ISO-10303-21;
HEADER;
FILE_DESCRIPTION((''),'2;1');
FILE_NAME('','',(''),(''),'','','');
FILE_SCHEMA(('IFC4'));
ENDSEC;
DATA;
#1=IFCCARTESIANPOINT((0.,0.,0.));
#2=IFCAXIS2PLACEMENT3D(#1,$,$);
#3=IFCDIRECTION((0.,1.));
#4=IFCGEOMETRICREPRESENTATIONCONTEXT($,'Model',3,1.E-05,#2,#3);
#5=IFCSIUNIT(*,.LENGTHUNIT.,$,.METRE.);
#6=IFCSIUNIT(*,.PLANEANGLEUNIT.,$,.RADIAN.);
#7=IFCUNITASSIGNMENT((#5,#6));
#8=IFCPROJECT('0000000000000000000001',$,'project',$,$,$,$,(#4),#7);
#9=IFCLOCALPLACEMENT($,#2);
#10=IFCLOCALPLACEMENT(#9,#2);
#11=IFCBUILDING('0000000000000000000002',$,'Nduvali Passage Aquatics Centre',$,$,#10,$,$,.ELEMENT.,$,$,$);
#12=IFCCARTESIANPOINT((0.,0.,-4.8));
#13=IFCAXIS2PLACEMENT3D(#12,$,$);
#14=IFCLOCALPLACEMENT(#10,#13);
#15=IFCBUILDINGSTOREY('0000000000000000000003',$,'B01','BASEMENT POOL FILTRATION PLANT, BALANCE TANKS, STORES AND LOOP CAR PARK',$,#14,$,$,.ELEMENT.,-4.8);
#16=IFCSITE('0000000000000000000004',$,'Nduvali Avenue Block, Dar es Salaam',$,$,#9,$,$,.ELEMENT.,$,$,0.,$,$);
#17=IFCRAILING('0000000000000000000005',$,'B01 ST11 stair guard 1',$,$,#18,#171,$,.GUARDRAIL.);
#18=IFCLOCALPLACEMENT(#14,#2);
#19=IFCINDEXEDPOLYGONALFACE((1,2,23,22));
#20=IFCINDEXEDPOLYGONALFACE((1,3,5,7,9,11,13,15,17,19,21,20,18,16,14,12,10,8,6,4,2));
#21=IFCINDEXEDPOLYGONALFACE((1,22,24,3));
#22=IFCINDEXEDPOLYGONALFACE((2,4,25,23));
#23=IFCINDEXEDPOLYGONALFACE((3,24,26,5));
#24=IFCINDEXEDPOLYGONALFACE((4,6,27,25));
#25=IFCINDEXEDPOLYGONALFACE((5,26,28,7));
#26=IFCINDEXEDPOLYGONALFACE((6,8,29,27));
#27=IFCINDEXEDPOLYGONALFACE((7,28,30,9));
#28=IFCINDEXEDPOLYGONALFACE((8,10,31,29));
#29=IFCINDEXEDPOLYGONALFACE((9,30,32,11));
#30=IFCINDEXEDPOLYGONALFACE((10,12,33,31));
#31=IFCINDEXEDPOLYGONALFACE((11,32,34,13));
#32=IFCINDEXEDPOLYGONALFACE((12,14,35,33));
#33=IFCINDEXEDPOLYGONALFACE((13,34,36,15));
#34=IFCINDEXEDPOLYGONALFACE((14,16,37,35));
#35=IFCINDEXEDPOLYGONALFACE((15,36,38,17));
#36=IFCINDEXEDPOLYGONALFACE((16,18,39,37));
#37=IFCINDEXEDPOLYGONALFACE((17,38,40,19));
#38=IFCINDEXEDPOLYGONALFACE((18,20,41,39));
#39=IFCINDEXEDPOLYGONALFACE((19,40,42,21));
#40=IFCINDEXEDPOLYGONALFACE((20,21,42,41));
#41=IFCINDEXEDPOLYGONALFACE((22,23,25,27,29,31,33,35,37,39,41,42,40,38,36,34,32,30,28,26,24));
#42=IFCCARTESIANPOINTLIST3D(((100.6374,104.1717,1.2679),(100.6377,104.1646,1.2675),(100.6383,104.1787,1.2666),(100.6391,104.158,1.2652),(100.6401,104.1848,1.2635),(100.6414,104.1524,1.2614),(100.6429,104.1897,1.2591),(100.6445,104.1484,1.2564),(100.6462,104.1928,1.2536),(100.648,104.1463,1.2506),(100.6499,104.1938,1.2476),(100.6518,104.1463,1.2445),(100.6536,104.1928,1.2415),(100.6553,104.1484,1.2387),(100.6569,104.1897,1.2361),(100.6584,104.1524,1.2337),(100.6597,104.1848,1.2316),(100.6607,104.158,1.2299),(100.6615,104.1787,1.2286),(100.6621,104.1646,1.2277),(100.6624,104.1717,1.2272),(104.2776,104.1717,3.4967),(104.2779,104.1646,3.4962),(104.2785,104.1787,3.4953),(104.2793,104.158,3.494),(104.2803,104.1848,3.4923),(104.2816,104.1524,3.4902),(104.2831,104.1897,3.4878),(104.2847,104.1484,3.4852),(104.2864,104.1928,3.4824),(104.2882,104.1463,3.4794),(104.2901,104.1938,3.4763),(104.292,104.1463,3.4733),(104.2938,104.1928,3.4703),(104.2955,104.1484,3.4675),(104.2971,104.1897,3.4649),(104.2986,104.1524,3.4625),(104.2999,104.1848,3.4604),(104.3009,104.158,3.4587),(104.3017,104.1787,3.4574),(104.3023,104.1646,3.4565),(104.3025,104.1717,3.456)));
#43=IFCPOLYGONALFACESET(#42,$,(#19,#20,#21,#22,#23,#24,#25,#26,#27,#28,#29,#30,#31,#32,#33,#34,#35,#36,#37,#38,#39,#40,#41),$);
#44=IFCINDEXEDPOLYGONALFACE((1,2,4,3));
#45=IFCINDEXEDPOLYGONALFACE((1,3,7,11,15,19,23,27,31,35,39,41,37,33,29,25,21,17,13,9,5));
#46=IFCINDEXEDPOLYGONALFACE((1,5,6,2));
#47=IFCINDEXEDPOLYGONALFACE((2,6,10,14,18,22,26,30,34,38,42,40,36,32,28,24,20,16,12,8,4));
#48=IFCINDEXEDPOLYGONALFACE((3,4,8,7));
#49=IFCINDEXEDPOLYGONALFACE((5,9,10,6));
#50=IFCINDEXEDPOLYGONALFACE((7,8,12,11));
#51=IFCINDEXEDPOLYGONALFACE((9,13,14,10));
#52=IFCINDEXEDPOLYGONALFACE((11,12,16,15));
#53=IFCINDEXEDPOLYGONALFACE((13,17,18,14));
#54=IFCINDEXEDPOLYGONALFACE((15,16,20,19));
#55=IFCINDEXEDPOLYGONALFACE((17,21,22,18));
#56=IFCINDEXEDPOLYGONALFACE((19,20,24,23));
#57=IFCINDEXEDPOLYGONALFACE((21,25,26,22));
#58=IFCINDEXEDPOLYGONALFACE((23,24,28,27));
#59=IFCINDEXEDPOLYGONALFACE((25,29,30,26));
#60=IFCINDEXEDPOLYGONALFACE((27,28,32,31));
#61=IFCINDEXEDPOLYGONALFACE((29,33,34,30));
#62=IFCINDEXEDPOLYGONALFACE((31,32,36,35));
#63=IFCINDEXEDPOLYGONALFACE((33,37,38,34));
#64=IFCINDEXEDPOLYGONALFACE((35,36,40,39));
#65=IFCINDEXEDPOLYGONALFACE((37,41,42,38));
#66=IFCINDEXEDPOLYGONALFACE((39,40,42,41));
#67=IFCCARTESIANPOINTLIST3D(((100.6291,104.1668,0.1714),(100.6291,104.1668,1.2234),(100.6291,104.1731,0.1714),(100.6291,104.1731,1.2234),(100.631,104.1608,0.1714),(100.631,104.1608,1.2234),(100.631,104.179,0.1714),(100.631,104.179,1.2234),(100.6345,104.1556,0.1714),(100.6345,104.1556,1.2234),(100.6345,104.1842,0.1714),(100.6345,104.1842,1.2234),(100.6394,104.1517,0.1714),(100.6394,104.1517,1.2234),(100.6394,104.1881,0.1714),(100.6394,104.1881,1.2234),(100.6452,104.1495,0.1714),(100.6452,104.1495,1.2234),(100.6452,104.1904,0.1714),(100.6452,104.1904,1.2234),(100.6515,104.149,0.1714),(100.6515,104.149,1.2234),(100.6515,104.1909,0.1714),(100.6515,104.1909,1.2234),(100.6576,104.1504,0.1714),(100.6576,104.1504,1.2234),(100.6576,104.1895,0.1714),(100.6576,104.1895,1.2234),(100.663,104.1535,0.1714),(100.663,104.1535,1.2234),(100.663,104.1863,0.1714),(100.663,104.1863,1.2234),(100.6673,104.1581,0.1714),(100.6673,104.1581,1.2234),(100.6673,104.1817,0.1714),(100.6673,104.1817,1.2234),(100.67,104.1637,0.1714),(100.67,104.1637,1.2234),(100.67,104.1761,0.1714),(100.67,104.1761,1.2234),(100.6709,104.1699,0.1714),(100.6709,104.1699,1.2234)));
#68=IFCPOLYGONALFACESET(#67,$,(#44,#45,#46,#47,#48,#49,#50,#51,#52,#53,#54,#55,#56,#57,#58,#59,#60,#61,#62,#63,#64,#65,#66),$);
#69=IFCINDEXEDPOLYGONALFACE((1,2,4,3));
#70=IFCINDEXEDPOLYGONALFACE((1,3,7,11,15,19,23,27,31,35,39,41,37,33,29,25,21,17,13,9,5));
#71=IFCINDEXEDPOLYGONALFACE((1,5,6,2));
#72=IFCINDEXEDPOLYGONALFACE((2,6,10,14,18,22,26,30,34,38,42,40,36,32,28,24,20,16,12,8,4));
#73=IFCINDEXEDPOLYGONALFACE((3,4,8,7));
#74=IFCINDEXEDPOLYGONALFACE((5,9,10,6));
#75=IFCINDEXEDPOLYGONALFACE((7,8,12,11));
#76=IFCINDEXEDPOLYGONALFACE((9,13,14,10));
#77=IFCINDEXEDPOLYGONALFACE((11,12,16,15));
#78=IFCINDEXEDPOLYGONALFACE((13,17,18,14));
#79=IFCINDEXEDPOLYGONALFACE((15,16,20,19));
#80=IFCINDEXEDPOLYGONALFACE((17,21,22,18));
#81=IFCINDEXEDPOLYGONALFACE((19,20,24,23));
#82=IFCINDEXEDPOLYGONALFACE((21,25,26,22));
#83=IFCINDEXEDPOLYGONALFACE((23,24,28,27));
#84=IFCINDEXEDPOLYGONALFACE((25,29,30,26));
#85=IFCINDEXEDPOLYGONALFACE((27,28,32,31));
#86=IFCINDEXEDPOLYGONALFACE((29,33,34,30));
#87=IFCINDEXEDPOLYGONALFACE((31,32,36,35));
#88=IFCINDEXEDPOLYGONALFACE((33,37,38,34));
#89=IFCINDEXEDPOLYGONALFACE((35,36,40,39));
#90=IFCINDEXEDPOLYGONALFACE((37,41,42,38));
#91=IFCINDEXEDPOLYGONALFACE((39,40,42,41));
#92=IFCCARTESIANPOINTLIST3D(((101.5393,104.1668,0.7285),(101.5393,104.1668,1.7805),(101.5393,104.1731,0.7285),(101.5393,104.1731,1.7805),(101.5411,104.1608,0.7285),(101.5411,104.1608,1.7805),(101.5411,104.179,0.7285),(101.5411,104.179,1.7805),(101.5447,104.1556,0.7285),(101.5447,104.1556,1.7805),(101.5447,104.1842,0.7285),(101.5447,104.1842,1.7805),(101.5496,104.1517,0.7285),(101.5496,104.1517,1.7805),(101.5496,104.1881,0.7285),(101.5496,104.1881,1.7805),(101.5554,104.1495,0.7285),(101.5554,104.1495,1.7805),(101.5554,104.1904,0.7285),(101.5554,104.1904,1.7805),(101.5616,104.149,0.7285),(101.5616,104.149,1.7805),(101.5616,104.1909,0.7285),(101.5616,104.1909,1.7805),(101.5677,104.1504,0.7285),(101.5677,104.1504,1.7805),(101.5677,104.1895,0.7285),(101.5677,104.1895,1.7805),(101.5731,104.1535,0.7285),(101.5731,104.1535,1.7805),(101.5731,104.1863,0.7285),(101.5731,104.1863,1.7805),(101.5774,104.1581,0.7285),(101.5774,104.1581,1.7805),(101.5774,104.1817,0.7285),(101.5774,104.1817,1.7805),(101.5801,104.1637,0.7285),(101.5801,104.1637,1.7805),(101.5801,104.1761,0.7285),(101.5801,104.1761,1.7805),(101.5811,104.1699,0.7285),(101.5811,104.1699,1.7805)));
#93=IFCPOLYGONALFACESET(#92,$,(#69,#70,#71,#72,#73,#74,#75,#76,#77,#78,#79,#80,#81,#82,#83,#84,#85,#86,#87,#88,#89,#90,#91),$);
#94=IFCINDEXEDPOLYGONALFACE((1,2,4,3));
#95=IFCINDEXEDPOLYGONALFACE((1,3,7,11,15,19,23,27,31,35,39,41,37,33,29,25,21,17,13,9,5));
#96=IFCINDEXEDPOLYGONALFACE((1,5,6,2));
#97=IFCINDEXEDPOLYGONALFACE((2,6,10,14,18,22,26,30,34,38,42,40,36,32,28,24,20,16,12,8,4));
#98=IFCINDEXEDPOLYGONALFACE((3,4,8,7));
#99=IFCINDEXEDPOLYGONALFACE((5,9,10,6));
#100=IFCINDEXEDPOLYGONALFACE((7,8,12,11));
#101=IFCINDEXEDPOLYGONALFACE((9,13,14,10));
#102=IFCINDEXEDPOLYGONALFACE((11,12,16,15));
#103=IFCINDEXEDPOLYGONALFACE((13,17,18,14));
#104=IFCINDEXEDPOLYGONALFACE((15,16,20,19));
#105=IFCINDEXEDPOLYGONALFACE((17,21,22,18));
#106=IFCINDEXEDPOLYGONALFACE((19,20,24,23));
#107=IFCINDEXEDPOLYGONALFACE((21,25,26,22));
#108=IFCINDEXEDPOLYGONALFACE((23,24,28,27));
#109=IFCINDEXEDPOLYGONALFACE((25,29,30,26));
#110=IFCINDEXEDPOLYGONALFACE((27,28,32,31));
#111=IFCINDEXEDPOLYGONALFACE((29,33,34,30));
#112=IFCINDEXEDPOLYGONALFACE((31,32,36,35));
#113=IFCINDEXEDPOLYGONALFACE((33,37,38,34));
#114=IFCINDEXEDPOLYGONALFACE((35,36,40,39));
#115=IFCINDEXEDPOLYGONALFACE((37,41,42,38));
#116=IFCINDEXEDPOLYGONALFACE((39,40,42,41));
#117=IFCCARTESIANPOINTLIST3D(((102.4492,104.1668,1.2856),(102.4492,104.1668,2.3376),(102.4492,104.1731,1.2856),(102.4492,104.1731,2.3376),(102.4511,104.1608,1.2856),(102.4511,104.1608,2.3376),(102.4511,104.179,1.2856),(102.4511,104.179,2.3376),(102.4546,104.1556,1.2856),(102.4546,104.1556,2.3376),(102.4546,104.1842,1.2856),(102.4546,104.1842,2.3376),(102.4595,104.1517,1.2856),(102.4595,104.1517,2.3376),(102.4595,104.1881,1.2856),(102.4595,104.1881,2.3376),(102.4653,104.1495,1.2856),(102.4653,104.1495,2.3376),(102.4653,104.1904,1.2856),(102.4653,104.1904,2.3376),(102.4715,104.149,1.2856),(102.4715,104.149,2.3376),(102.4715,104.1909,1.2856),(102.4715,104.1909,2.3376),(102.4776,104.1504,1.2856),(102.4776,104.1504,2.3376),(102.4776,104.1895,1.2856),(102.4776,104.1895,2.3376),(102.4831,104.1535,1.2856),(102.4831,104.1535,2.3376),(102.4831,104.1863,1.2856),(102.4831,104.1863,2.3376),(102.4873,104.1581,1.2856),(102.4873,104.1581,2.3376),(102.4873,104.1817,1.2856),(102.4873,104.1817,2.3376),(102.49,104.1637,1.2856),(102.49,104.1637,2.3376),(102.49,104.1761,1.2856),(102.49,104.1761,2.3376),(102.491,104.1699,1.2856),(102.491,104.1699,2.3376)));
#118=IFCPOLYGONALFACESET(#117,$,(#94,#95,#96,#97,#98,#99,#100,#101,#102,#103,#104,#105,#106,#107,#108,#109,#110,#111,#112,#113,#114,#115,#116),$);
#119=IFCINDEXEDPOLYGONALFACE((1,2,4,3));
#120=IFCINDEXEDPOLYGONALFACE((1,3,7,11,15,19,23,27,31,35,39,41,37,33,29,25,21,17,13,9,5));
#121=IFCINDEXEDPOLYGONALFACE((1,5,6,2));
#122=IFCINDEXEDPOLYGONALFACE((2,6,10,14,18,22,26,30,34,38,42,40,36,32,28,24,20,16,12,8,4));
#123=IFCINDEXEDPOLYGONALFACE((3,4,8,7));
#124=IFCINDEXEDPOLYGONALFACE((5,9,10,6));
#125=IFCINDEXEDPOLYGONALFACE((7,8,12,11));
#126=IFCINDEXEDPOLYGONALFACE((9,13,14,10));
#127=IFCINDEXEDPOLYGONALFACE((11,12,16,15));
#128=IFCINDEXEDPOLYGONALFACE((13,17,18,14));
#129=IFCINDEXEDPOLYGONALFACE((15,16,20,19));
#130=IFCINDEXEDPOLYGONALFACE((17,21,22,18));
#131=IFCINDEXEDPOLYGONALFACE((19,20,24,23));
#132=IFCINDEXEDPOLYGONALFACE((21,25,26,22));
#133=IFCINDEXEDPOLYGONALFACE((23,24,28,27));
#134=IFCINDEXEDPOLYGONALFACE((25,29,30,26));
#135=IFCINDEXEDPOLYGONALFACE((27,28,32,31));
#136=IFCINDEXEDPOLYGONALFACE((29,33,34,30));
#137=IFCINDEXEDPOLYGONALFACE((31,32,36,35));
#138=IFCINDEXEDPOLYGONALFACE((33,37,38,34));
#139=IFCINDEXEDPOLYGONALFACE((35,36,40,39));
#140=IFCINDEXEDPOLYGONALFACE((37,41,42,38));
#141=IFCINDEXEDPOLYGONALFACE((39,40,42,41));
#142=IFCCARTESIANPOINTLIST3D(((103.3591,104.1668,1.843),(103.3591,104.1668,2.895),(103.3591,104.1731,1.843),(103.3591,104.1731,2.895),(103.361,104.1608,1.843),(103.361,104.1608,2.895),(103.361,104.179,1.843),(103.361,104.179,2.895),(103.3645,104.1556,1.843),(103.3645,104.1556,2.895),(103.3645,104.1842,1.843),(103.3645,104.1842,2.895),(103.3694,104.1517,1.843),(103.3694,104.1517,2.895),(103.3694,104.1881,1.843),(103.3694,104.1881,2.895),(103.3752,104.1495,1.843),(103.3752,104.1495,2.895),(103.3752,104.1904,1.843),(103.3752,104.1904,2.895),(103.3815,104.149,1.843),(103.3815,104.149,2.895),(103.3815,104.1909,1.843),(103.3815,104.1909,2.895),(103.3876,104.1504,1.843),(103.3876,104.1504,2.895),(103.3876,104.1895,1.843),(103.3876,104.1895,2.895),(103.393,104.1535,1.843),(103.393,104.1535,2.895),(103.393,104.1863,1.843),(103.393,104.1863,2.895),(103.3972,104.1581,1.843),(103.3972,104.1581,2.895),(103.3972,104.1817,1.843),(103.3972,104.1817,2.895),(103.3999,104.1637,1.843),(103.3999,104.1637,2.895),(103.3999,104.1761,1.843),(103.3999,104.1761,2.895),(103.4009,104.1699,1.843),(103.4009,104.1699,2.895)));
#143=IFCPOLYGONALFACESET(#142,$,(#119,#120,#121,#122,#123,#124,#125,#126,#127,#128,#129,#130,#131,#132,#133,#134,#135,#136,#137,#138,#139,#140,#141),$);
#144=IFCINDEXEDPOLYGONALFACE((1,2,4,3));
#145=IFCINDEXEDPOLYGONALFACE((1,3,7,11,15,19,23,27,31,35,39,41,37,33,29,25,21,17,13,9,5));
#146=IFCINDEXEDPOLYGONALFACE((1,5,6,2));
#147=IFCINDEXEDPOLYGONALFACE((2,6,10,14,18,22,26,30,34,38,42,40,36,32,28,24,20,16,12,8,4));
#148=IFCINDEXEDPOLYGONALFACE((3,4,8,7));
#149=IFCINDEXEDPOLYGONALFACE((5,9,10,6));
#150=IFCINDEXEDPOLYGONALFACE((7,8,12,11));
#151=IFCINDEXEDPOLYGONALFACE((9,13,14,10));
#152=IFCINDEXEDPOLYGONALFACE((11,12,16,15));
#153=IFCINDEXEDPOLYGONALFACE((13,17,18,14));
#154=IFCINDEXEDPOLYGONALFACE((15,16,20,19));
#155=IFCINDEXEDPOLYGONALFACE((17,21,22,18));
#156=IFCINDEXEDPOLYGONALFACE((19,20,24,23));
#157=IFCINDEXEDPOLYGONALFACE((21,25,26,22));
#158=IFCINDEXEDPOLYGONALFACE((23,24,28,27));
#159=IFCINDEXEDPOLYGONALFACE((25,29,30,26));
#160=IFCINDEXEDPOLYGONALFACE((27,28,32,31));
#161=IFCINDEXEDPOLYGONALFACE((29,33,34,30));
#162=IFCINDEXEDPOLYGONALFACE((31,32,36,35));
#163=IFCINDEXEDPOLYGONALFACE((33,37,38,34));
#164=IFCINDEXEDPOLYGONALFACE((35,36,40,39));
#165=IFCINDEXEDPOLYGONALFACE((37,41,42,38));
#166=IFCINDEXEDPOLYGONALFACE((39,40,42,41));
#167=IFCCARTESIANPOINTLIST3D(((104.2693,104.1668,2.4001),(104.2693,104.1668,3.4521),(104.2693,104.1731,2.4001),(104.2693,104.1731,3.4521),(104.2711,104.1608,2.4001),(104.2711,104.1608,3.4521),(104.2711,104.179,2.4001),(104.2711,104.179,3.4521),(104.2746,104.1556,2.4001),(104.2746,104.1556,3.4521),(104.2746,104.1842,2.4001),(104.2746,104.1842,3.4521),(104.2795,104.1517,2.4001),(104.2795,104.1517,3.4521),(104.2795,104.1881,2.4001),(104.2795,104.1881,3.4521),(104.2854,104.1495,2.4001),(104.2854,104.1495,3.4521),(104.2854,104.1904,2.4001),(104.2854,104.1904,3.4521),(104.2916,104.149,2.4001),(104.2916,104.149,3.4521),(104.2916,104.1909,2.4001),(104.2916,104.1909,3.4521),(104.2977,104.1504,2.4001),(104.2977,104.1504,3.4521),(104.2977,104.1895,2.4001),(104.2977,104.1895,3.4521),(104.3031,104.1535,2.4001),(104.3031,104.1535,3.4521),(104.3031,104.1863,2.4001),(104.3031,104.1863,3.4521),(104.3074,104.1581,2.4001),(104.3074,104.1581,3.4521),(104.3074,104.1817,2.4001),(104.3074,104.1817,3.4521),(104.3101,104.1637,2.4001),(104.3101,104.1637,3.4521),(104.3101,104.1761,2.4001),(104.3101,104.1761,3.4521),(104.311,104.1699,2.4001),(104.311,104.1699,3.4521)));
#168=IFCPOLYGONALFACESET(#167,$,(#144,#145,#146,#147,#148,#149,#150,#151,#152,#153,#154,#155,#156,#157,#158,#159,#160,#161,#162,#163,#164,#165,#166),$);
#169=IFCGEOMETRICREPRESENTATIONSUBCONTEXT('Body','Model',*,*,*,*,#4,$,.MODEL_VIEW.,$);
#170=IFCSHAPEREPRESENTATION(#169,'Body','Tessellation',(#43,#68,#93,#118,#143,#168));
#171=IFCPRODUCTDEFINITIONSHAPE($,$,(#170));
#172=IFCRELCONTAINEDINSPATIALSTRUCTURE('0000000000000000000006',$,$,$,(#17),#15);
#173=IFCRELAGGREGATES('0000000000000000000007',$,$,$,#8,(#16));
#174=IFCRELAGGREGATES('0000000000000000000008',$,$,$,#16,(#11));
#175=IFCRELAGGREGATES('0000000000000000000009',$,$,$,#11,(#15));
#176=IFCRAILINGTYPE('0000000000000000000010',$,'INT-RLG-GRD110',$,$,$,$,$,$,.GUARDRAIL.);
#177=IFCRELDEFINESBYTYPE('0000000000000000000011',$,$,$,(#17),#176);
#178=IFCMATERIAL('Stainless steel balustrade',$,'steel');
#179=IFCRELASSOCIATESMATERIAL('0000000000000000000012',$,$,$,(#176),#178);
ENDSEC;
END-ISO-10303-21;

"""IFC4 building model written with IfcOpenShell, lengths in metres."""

from ifc_helpers import new_model, si_unit, direction, frame, origin, origin_2d, place, context, subcontext, project, spatial, circle, extrude, material, type_object, element, save


model = new_model("IFC4")

# Units and contexts
model_context = context("Model", 3, precision=1e-05, world=origin(), true_north=direction((0.0, 1.0)))
body_context = subcontext(model_context, "Body", "Model", "MODEL_VIEW")
ifc_project = project(units=[si_unit("LENGTHUNIT", "METRE"), si_unit("PLANEANGLEUNIT", "RADIAN")], contexts=[model_context])

# Site, building, storey
site_placement = place(None, origin())
site = spatial("IfcSite", under=ifc_project, at=site_placement, Name="Nduvali Avenue Block, Dar es Salaam", CompositionType="ELEMENT", RefElevation=0.0)
building_placement = place(site_placement, origin())
building = spatial("IfcBuilding", under=site, at=building_placement, Name="Nduvali Passage Aquatics Centre", CompositionType="ELEMENT")
storey_placement = place(building_placement, frame((0.0, 0.0, -4.8)))
storey = spatial("IfcBuildingStorey", under=building, at=storey_placement, Name="B01", Description="BASEMENT POOL FILTRATION PLANT, BALANCE TANKS, STORES AND LOOP CAR PARK", CompositionType="ELEMENT", Elevation=-4.8)

# Railing
ifc_material_1 = material(Name="Stainless steel balustrade", Category="steel")
railing_type_1 = type_object("IfcRailingType", Name="INT-RLG-GRD110", PredefinedType="GUARDRAIL", material=ifc_material_1)
railing_1_placement = place(storey_placement, frame((100.6499, 104.1699, 0.1714)))
element("IfcRailing", 1, at=railing_1_placement, inside=storey, type_object=railing_type_1, Name="B01 ST11 stair guard 1", PredefinedType="GUARDRAIL", context=body_context, shape_type="SweptSolid", body=[
    extrude(circle(Radius=0.0239, at=origin_2d()), frame((0.0, 0.0, 1.0762), z_axis=(0.85284, 0.0, 0.522172), x_axis=(0.0, 1.0, 0.0)), (0.0, 0.0, 1.0), 4.2683),
    extrude(circle(Radius=0.021, at=origin_2d()), origin(), (0.0, 0.0, 1.0), 1.052),
    extrude(circle(Radius=0.021, at=origin_2d()), frame((0.9102, 0.0, 0.5571)), (0.0, 0.0, 1.0), 1.052),
    extrude(circle(Radius=0.021, at=origin_2d()), frame((1.8201, 0.0, 1.1143)), (0.0, 0.0, 1.0), 1.052),
    extrude(circle(Radius=0.021, at=origin_2d()), frame((2.73, 0.0, 1.6716)), (0.0, 0.0, 1.0), 1.052),
    extrude(circle(Radius=0.021, at=origin_2d()), frame((3.6401, 0.0, 2.2288)), (0.0, 0.0, 1.0), 1.052),
])

save(model, "model.ifc")
